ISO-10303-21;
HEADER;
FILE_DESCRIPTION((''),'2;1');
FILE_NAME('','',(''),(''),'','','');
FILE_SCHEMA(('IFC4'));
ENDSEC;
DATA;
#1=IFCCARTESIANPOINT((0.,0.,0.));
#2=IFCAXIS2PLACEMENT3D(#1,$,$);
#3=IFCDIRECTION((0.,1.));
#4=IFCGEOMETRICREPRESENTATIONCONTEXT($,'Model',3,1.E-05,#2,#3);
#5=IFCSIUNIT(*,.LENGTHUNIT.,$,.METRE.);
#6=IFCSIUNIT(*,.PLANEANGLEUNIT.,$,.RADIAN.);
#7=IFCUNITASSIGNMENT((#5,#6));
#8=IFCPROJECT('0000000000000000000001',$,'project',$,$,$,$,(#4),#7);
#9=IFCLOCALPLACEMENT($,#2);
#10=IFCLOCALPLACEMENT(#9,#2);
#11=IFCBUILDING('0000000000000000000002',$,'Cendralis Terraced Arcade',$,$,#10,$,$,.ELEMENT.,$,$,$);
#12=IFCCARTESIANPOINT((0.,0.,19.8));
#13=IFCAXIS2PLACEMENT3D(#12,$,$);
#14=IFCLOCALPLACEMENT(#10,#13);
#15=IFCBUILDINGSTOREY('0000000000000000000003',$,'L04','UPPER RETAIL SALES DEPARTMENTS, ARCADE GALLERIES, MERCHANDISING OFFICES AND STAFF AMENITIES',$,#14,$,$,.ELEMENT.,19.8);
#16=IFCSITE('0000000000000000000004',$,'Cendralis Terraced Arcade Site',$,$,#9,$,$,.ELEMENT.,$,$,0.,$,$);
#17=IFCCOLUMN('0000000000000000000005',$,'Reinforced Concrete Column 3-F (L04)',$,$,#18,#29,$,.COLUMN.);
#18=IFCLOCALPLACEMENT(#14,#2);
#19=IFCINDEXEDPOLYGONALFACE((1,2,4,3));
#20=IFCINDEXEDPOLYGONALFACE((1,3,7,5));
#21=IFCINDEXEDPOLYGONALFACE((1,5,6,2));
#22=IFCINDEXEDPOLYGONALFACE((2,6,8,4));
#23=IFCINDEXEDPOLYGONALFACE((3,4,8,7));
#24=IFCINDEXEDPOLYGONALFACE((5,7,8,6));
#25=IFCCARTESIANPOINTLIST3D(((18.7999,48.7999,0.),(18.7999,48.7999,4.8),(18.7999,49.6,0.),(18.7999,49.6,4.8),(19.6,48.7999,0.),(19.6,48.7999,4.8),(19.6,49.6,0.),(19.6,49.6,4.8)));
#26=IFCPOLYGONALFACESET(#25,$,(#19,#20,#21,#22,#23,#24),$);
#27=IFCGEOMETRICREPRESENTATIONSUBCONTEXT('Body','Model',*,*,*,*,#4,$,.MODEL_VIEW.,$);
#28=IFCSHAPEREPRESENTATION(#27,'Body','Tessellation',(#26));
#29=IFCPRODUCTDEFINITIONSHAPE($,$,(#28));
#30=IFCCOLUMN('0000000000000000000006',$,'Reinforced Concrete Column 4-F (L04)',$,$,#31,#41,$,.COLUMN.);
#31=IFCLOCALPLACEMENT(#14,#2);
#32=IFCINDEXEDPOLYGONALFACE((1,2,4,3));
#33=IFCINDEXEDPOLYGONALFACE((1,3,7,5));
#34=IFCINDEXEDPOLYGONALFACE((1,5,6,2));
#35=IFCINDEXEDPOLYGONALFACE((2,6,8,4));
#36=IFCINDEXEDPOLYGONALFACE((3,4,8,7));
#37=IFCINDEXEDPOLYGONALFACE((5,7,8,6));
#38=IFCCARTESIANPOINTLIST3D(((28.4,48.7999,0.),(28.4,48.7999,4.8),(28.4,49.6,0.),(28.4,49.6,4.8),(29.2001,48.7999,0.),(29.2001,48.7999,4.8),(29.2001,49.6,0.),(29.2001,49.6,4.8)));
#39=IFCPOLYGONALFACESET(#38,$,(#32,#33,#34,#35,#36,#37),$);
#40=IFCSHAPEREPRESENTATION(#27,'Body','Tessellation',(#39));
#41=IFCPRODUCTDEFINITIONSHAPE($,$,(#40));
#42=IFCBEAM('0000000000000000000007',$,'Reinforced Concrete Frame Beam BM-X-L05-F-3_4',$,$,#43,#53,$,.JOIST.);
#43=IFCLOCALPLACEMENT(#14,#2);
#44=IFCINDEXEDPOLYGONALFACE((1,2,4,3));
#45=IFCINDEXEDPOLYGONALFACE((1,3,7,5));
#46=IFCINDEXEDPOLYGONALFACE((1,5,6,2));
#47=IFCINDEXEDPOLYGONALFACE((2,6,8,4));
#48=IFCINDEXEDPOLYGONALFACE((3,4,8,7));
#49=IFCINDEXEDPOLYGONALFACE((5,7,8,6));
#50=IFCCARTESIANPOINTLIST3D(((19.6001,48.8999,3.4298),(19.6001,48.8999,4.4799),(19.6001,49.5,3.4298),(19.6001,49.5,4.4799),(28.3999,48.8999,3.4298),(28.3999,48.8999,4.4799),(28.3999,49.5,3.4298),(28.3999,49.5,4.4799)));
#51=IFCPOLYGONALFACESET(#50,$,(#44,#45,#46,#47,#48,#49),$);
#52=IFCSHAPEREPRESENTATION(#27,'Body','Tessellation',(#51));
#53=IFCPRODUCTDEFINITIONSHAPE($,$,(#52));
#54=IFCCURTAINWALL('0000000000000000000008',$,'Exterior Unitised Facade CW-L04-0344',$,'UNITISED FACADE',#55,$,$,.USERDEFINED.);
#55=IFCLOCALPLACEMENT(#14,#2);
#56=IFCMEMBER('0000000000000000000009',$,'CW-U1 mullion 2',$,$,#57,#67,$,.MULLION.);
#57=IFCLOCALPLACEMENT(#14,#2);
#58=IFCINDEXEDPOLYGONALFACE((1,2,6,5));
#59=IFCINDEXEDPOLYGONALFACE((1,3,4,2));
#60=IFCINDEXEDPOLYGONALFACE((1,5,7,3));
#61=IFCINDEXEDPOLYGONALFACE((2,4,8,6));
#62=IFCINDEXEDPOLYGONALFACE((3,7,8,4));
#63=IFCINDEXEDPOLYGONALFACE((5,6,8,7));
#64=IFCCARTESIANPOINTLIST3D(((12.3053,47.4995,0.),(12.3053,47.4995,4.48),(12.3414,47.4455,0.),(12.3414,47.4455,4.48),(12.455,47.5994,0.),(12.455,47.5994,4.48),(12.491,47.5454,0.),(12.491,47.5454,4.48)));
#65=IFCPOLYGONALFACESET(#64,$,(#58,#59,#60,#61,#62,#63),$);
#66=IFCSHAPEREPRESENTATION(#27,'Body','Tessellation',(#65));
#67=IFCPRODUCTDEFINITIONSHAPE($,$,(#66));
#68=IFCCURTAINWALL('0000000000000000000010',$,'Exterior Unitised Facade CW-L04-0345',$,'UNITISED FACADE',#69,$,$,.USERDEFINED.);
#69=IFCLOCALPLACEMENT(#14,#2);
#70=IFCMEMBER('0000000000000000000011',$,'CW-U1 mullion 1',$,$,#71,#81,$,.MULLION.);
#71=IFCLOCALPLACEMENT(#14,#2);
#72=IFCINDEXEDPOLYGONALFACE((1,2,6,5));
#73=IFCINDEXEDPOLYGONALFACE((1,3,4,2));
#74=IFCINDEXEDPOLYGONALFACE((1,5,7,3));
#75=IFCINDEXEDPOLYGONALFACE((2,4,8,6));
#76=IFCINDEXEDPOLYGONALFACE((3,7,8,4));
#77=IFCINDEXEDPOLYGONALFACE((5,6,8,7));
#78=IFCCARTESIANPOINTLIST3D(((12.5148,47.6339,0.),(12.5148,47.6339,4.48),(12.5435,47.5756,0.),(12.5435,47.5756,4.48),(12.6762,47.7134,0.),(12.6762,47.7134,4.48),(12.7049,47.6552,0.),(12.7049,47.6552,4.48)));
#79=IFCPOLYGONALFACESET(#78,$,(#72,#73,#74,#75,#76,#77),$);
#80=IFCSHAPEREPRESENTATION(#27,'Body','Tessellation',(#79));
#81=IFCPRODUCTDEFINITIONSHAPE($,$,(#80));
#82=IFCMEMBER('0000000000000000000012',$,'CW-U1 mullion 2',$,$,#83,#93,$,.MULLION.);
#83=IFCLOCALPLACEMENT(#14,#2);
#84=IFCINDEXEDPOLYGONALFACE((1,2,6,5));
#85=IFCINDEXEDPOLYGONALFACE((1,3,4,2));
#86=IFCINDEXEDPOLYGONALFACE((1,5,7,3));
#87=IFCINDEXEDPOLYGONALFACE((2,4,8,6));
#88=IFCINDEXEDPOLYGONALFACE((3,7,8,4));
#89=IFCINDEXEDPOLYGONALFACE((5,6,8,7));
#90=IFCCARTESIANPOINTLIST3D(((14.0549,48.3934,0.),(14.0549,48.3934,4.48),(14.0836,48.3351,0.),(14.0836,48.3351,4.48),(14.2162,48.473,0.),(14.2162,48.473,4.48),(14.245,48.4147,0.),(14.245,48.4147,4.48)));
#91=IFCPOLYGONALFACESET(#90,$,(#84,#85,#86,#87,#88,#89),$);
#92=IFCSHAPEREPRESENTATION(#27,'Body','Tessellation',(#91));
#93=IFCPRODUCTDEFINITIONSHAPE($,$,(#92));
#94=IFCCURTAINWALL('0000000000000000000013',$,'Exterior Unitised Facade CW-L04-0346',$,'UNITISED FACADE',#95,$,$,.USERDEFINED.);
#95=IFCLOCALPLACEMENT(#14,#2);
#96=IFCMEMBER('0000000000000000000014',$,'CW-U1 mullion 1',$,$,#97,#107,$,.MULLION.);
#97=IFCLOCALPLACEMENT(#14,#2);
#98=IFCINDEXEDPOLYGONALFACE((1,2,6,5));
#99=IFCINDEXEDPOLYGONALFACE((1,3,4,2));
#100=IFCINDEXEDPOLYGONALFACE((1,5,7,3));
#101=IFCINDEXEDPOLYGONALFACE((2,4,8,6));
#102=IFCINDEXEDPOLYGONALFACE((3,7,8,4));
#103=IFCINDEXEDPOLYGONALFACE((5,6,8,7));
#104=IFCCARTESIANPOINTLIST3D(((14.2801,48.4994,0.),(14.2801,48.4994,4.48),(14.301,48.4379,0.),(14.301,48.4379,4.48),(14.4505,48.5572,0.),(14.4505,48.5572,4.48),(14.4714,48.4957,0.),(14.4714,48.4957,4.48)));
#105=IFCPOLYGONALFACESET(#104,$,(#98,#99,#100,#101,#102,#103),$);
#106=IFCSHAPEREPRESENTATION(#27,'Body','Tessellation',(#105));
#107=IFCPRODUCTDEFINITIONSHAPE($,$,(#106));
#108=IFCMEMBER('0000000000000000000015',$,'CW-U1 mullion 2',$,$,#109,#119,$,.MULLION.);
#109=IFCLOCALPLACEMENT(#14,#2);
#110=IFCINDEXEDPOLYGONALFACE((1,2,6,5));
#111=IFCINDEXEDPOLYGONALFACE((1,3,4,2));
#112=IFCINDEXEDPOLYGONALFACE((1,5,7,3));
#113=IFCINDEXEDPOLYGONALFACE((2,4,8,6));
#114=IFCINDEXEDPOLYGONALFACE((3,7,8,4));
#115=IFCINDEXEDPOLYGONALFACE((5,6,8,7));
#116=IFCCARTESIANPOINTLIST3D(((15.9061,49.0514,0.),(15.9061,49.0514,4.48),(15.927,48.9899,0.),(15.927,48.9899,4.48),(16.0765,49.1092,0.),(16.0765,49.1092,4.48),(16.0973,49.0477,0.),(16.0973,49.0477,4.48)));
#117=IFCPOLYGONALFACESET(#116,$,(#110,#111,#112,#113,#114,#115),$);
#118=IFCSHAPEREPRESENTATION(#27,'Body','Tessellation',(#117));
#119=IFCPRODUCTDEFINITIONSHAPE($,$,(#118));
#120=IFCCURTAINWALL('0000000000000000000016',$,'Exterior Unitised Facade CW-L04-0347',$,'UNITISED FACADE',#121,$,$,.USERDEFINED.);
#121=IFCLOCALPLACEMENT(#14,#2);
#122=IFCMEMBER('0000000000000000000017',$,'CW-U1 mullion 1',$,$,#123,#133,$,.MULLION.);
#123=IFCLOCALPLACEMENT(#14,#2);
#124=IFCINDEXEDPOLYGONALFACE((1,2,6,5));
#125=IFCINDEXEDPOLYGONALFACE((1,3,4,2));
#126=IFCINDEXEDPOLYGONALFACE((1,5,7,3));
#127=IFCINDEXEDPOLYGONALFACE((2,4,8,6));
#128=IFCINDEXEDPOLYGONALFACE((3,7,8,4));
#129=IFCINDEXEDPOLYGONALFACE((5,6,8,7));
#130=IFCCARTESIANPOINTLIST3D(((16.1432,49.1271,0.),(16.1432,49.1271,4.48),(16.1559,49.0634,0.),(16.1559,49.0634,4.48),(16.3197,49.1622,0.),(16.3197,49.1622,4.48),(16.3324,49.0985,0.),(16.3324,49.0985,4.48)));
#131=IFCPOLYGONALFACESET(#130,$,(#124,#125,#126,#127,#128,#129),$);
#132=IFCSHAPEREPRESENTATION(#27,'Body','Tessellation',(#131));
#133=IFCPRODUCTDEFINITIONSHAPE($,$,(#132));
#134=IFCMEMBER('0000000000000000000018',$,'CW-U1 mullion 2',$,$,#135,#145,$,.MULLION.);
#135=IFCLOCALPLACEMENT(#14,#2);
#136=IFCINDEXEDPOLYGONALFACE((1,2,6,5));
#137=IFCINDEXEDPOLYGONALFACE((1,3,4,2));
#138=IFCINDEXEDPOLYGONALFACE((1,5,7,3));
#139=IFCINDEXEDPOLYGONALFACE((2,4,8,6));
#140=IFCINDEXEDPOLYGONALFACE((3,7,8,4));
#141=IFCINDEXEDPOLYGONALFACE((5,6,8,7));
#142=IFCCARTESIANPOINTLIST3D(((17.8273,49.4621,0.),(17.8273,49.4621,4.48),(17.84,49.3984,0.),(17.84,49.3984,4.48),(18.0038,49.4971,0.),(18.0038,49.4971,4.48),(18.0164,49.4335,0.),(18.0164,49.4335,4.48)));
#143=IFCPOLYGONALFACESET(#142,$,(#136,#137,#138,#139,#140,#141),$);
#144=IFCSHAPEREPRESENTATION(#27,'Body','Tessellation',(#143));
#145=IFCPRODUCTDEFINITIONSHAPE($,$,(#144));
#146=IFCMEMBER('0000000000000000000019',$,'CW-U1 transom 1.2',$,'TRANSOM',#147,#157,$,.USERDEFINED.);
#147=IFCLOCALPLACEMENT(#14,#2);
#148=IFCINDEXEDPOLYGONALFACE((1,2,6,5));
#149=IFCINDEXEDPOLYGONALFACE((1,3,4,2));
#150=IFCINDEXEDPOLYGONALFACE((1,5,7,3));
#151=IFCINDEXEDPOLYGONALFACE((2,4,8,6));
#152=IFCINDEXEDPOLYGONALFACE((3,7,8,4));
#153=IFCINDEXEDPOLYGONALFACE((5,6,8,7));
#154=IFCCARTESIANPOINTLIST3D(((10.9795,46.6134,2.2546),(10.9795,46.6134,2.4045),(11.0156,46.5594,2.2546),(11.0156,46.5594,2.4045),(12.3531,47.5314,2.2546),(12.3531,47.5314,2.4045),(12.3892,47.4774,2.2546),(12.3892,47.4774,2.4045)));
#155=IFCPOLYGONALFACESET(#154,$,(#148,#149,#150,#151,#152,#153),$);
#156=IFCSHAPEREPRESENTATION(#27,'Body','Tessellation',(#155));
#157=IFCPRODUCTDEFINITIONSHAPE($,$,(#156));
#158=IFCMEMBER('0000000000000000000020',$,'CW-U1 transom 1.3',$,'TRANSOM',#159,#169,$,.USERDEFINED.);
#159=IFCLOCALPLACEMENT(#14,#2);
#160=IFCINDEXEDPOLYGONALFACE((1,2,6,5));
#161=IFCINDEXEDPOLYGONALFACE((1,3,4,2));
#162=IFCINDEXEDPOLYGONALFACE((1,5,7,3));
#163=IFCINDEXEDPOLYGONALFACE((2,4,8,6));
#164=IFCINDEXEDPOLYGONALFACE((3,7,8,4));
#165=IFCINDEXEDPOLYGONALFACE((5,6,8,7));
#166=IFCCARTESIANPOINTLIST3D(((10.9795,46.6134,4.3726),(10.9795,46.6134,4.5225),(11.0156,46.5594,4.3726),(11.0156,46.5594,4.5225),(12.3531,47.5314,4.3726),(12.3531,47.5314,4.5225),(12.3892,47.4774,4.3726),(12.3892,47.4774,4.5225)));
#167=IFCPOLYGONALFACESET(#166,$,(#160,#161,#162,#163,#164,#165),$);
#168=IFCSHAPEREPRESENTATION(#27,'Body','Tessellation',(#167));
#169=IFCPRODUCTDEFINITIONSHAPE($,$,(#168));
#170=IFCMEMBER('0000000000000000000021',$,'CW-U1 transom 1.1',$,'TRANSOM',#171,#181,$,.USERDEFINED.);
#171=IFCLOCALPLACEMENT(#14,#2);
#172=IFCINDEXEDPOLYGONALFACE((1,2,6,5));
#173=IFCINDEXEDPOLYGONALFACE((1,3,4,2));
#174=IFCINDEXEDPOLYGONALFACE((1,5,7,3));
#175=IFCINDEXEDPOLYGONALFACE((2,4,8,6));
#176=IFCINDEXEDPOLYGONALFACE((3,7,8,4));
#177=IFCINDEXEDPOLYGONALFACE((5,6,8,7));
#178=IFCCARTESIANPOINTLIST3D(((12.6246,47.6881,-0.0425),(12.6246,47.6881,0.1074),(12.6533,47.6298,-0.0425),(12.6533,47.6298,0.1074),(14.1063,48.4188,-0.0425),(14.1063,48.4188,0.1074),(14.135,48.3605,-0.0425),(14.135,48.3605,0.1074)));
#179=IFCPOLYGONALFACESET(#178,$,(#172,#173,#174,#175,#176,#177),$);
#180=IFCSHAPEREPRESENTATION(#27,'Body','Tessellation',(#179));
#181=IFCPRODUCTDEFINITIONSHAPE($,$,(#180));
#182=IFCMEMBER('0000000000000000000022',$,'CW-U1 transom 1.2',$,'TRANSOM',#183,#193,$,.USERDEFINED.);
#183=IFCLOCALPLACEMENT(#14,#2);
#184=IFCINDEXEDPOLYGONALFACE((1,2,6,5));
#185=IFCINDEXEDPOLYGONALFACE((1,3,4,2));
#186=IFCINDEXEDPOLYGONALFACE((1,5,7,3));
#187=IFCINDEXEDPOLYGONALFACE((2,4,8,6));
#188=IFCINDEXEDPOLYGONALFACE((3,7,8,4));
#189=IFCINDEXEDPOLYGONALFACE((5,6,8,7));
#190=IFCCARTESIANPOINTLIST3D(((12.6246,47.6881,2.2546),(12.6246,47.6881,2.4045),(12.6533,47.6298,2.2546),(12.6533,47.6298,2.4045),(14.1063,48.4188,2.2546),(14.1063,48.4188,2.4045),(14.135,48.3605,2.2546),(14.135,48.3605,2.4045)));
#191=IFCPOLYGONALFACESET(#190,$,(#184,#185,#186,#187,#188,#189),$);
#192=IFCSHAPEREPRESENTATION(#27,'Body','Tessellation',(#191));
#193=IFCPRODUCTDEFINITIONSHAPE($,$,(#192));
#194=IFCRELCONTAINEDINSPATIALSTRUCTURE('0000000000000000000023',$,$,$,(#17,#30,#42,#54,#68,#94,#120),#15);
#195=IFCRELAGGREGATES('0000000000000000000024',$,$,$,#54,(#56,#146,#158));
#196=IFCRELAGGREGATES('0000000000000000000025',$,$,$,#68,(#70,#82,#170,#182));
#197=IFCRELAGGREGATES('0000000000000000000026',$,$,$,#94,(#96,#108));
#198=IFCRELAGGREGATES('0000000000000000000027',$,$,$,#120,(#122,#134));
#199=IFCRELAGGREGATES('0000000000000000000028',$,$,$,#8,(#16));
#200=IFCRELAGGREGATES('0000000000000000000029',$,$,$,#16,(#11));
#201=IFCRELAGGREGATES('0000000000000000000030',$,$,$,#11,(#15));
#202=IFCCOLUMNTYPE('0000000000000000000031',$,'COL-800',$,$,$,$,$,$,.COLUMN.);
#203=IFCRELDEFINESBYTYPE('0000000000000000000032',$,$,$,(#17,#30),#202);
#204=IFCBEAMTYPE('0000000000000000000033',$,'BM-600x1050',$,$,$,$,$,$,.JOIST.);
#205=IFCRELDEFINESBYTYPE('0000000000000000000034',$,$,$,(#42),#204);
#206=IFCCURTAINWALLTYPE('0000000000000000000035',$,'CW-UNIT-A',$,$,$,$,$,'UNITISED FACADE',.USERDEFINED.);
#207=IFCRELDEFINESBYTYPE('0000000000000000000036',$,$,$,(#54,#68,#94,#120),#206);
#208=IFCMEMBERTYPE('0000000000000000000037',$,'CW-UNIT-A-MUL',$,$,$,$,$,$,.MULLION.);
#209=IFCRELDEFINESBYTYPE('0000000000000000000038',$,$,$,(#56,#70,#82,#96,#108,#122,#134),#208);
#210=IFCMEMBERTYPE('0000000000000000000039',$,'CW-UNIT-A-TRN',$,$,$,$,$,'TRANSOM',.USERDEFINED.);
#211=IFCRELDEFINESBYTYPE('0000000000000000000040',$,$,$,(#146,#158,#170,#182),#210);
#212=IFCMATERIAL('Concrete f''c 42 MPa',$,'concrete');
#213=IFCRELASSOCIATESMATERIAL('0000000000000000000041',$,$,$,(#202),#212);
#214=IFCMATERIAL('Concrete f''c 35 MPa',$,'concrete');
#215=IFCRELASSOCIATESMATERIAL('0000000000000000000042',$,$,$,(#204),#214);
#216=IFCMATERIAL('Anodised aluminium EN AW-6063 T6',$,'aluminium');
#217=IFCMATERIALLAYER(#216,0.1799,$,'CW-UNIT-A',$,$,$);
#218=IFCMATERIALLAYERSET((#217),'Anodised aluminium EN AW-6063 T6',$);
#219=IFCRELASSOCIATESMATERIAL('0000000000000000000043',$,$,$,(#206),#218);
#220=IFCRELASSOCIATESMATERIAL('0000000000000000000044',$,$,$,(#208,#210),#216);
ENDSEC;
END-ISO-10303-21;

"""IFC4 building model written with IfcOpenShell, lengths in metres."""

from ifc_helpers import new_model, si_unit, direction, frame, origin, origin_2d, place, context, subcontext, project, spatial, rectangle, extrude, material, layer, layer_set, material_profile, profile_set, type_object, element, aggregate, save


model = new_model("IFC4")

# Units and contexts
model_context = context("Model", 3, precision=1e-05, world=origin(), true_north=direction((0.0, 1.0)))
body_context = subcontext(model_context, "Body", "Model", "MODEL_VIEW")
ifc_project = project(units=[si_unit("LENGTHUNIT", "METRE"), si_unit("PLANEANGLEUNIT", "RADIAN")], contexts=[model_context])

# Site, building, storey
site_placement = place(None, origin())
site = spatial("IfcSite", under=ifc_project, at=site_placement, Name="Cendralis Terraced Arcade Site", CompositionType="ELEMENT", RefElevation=0.0)
building_placement = place(site_placement, origin())
building = spatial("IfcBuilding", under=site, at=building_placement, Name="Cendralis Terraced Arcade", CompositionType="ELEMENT")
storey_placement = place(building_placement, frame((0.0, 0.0, 19.8)))
storey = spatial("IfcBuildingStorey", under=building, at=storey_placement, Name="L04", Description="UPPER RETAIL SALES DEPARTMENTS, ARCADE GALLERIES, MERCHANDISING OFFICES AND STAFF AMENITIES", CompositionType="ELEMENT", Elevation=19.8)

# Columns
ifc_material_1 = material(Name="Concrete f'c 42 MPa", Category="concrete")
ifc_material_profile_1 = material_profile(ifc_material_1, rectangle(XDim=0.8, YDim=0.8, at=origin_2d()), Name="RC-COL-800x800", Category="LoadBearing")
ifc_profile_set_1 = profile_set([ifc_material_profile_1], Name="Concrete f'c 42 MPa")
column_type = type_object("IfcColumnType", Name="COL-800", PredefinedType="COLUMN", material=ifc_profile_set_1)
for number, where, z_axis, x_axis, name in (
    (1, (19.2, 49.2, 0.0), (0.0, 0.0, 1.0), (1.0, 0.0, 0.0), "Reinforced Concrete Column 3-F (L04)"),
    (2, (28.8, 49.2, 0.0), (0.0, 0.0, 1.0), (1.0, 0.0, 0.0), "Reinforced Concrete Column 4-F (L04)"),
):
    element("IfcColumn", number, at=place(storey_placement, frame(where, z_axis=z_axis, x_axis=x_axis)), inside=storey, type_object=column_type, Name=name, PredefinedType="COLUMN", context=body_context, shape_type="SweptSolid", body=[
        extrude(rectangle(XDim=0.8, YDim=0.8, at=origin_2d()), origin(), (0.0, 0.0, 1.0), 4.8),
    ])

# Beam
ifc_material_2 = material(Name="Concrete f'c 35 MPa", Category="concrete")
ifc_material_profile_2 = material_profile(ifc_material_2, rectangle(XDim=0.6001, YDim=1.05, at=origin_2d()), Name="RC-BM-600x1050", Category="LoadBearing")
ifc_profile_set_2 = profile_set([ifc_material_profile_2], Name="Concrete f'c 35 MPa")
beam_type = type_object("IfcBeamType", Name="BM-600x1050", PredefinedType="JOIST", material=ifc_profile_set_2)
beam_placement = place(storey_placement, frame((19.6001, 49.2, 3.9548), z_axis=(1.0, 0.0, 0.0), x_axis=(0.0, 1.0, 0.0)))
element("IfcBeam", 3, at=beam_placement, inside=storey, type_object=beam_type, Name="Reinforced Concrete Frame Beam BM-X-L05-F-3_4", PredefinedType="JOIST", context=body_context, shape_type="SweptSolid", body=[
    extrude(rectangle(XDim=0.6001, YDim=1.05, at=origin_2d()), origin(), (0.0, 0.0, 1.0), 8.7998),
])

# Curtain wall, member
ifc_material_3 = material(Name="Anodised aluminium EN AW-6063 T6", Category="aluminium")
ifc_layer_1 = layer(ifc_material_3, 0.1799, Name="CW-UNIT-A")
ifc_layer_set_1 = layer_set([ifc_layer_1], Name="Anodised aluminium EN AW-6063 T6")
curtain_wall_type = type_object("IfcCurtainWallType", Name="CW-UNIT-A", ElementType="UNITISED FACADE", PredefinedType="USERDEFINED", material=ifc_layer_set_1)
curtain_wall_1_placement = place(storey_placement, origin())
curtain_wall_1 = element("IfcCurtainWall", 4, at=curtain_wall_1_placement, inside=storey, type_object=curtain_wall_type, Name="Exterior Unitised Facade CW-L04-0344", ObjectType="UNITISED FACADE", PredefinedType="USERDEFINED")
ifc_material_profile_3 = material_profile(ifc_material_3, rectangle(XDim=0.0649, YDim=0.1799, at=origin_2d()), Name="ALU-MUL-65x180")
ifc_profile_set_3 = profile_set([ifc_material_profile_3], Name="Anodised aluminium EN AW-6063 T6")
member_type_1 = type_object("IfcMemberType", Name="CW-UNIT-A-MUL", PredefinedType="MULLION", material=ifc_profile_set_3)
member_1_placement = place(storey_placement, frame((12.3982, 47.5225, 0.0), z_axis=(0.0, 0.0, 1.0), x_axis=(-0.555567, 0.831471, 0.0)))
member_1 = element("IfcMember", 5, at=member_1_placement, type_object=member_type_1, Name="CW-U1 mullion 2", PredefinedType="MULLION", context=body_context, shape_type="SweptSolid", body=[
    extrude(rectangle(XDim=0.0649, YDim=0.1799, at=origin_2d()), origin(), (0.0, 0.0, 1.0), 4.48),
])

# Curtain walls, members
curtain_wall_2_placement = place(storey_placement, origin())
curtain_wall_2 = element("IfcCurtainWall", 6, at=curtain_wall_2_placement, inside=storey, type_object=curtain_wall_type, Name="Exterior Unitised Facade CW-L04-0345", ObjectType="UNITISED FACADE", PredefinedType="USERDEFINED")
member_2_placement = place(storey_placement, frame((12.6099, 47.6445, 0.0), z_axis=(0.0, 0.0, 1.0), x_axis=(-0.442291, 0.896871, 0.0)))
member_2 = element("IfcMember", 7, at=member_2_placement, type_object=member_type_1, Name="CW-U1 mullion 1", PredefinedType="MULLION", context=body_context, shape_type="SweptSolid", body=[
    extrude(rectangle(XDim=0.0649, YDim=0.1799, at=origin_2d()), origin(), (0.0, 0.0, 1.0), 4.48),
])
member_3_placement = place(storey_placement, frame((14.1499, 48.4041, 0.0), z_axis=(0.0, 0.0, 1.0), x_axis=(-0.442291, 0.896871, 0.0)))
member_3 = element("IfcMember", 8, at=member_3_placement, type_object=member_type_1, Name="CW-U1 mullion 2", PredefinedType="MULLION", context=body_context, shape_type="SweptSolid", body=[
    extrude(rectangle(XDim=0.0649, YDim=0.1799, at=origin_2d()), origin(), (0.0, 0.0, 1.0), 4.48),
])
curtain_wall_3_placement = place(storey_placement, origin())
curtain_wall_3 = element("IfcCurtainWall", 9, at=curtain_wall_3_placement, inside=storey, type_object=curtain_wall_type, Name="Exterior Unitised Facade CW-L04-0346", ObjectType="UNITISED FACADE", PredefinedType="USERDEFINED")
member_4_placement = place(storey_placement, frame((14.3757, 48.4976, 0.0), z_axis=(0.0, 0.0, 1.0), x_axis=(-0.321458, 0.946924, 0.0)))
member_4 = element("IfcMember", 10, at=member_4_placement, type_object=member_type_1, Name="CW-U1 mullion 1", PredefinedType="MULLION", context=body_context, shape_type="SweptSolid", body=[
    extrude(rectangle(XDim=0.0649, YDim=0.1799, at=origin_2d()), origin(), (0.0, 0.0, 1.0), 4.48),
])
member_5_placement = place(storey_placement, frame((16.0017, 49.0496, 0.0), z_axis=(0.0, 0.0, 1.0), x_axis=(-0.321458, 0.946924, 0.0)))
member_5 = element("IfcMember", 11, at=member_5_placement, type_object=member_type_1, Name="CW-U1 mullion 2", PredefinedType="MULLION", context=body_context, shape_type="SweptSolid", body=[
    extrude(rectangle(XDim=0.0649, YDim=0.1799, at=origin_2d()), origin(), (0.0, 0.0, 1.0), 4.48),
])
curtain_wall_4_placement = place(storey_placement, origin())
curtain_wall_4 = element("IfcCurtainWall", 12, at=curtain_wall_4_placement, inside=storey, type_object=curtain_wall_type, Name="Exterior Unitised Facade CW-L04-0347", ObjectType="UNITISED FACADE", PredefinedType="USERDEFINED")
member_6_placement = place(storey_placement, frame((16.2378, 49.1128, 0.0), z_axis=(0.0, 0.0, 1.0), x_axis=(-0.195058, 0.980792, 0.0)))
member_6 = element("IfcMember", 13, at=member_6_placement, type_object=member_type_1, Name="CW-U1 mullion 1", PredefinedType="MULLION", context=body_context, shape_type="SweptSolid", body=[
    extrude(rectangle(XDim=0.0649, YDim=0.1799, at=origin_2d()), origin(), (0.0, 0.0, 1.0), 4.48),
])
member_7_placement = place(storey_placement, frame((17.9219, 49.4478, 0.0), z_axis=(0.0, 0.0, 1.0), x_axis=(-0.195058, 0.980792, 0.0)))
member_7 = element("IfcMember", 14, at=member_7_placement, type_object=member_type_1, Name="CW-U1 mullion 2", PredefinedType="MULLION", context=body_context, shape_type="SweptSolid", body=[
    extrude(rectangle(XDim=0.0649, YDim=0.1799, at=origin_2d()), origin(), (0.0, 0.0, 1.0), 4.48),
])

# Members
ifc_material_profile_4 = material_profile(ifc_material_3, rectangle(XDim=0.0649, YDim=0.1499, at=origin_2d()), Name="ALU-TRN-65x150")
ifc_profile_set_4 = profile_set([ifc_material_profile_4], Name="Anodised aluminium EN AW-6063 T6")
member_type_2 = type_object("IfcMemberType", Name="CW-UNIT-A-TRN", ElementType="TRANSOM", PredefinedType="USERDEFINED", material=ifc_profile_set_4)
member_8_placement = place(storey_placement, frame((10.9976, 46.5864, 2.3296), z_axis=(0.831413, 0.555655, 0.0), x_axis=(-0.555655, 0.831413, 0.0)))
member_8 = element("IfcMember", 15, at=member_8_placement, type_object=member_type_2, Name="CW-U1 transom 1.2", ObjectType="TRANSOM", PredefinedType="USERDEFINED", context=body_context, shape_type="SweptSolid", body=[
    extrude(rectangle(XDim=0.0649, YDim=0.1499, at=origin_2d()), origin(), (0.0, 0.0, 1.0), 1.6521),
])
member_9_placement = place(storey_placement, frame((10.9976, 46.5864, 4.4475), z_axis=(0.831413, 0.555655, 0.0), x_axis=(-0.555655, 0.831413, 0.0)))
member_9 = element("IfcMember", 16, at=member_9_placement, type_object=member_type_2, Name="CW-U1 transom 1.3", ObjectType="TRANSOM", PredefinedType="USERDEFINED", context=body_context, shape_type="SweptSolid", body=[
    extrude(rectangle(XDim=0.0649, YDim=0.1499, at=origin_2d()), origin(), (0.0, 0.0, 1.0), 1.6521),
])
member_10_placement = place(storey_placement, frame((12.6389, 47.6589, 0.0325), z_axis=(0.896867, 0.442301, 0.0), x_axis=(-0.442301, 0.896867, 0.0)))
member_10 = element("IfcMember", 17, at=member_10_placement, type_object=member_type_2, Name="CW-U1 transom 1.1", ObjectType="TRANSOM", PredefinedType="USERDEFINED", context=body_context, shape_type="SweptSolid", body=[
    extrude(rectangle(XDim=0.0649, YDim=0.1499, at=origin_2d()), origin(), (0.0, 0.0, 1.0), 1.6521),
])
member_11_placement = place(storey_placement, frame((12.6389, 47.6589, 2.3296), z_axis=(0.896867, 0.442301, 0.0), x_axis=(-0.442301, 0.896867, 0.0)))
member_11 = element("IfcMember", 18, at=member_11_placement, type_object=member_type_2, Name="CW-U1 transom 1.2", ObjectType="TRANSOM", PredefinedType="USERDEFINED", context=body_context, shape_type="SweptSolid", body=[
    extrude(rectangle(XDim=0.0649, YDim=0.1499, at=origin_2d()), origin(), (0.0, 0.0, 1.0), 1.6521),
])

aggregate(curtain_wall_1, [member_1, member_8, member_9])
aggregate(curtain_wall_2, [member_2, member_3, member_10, member_11])
aggregate(curtain_wall_3, [member_4, member_5])
aggregate(curtain_wall_4, [member_6, member_7])

save(model, "model.ifc")
